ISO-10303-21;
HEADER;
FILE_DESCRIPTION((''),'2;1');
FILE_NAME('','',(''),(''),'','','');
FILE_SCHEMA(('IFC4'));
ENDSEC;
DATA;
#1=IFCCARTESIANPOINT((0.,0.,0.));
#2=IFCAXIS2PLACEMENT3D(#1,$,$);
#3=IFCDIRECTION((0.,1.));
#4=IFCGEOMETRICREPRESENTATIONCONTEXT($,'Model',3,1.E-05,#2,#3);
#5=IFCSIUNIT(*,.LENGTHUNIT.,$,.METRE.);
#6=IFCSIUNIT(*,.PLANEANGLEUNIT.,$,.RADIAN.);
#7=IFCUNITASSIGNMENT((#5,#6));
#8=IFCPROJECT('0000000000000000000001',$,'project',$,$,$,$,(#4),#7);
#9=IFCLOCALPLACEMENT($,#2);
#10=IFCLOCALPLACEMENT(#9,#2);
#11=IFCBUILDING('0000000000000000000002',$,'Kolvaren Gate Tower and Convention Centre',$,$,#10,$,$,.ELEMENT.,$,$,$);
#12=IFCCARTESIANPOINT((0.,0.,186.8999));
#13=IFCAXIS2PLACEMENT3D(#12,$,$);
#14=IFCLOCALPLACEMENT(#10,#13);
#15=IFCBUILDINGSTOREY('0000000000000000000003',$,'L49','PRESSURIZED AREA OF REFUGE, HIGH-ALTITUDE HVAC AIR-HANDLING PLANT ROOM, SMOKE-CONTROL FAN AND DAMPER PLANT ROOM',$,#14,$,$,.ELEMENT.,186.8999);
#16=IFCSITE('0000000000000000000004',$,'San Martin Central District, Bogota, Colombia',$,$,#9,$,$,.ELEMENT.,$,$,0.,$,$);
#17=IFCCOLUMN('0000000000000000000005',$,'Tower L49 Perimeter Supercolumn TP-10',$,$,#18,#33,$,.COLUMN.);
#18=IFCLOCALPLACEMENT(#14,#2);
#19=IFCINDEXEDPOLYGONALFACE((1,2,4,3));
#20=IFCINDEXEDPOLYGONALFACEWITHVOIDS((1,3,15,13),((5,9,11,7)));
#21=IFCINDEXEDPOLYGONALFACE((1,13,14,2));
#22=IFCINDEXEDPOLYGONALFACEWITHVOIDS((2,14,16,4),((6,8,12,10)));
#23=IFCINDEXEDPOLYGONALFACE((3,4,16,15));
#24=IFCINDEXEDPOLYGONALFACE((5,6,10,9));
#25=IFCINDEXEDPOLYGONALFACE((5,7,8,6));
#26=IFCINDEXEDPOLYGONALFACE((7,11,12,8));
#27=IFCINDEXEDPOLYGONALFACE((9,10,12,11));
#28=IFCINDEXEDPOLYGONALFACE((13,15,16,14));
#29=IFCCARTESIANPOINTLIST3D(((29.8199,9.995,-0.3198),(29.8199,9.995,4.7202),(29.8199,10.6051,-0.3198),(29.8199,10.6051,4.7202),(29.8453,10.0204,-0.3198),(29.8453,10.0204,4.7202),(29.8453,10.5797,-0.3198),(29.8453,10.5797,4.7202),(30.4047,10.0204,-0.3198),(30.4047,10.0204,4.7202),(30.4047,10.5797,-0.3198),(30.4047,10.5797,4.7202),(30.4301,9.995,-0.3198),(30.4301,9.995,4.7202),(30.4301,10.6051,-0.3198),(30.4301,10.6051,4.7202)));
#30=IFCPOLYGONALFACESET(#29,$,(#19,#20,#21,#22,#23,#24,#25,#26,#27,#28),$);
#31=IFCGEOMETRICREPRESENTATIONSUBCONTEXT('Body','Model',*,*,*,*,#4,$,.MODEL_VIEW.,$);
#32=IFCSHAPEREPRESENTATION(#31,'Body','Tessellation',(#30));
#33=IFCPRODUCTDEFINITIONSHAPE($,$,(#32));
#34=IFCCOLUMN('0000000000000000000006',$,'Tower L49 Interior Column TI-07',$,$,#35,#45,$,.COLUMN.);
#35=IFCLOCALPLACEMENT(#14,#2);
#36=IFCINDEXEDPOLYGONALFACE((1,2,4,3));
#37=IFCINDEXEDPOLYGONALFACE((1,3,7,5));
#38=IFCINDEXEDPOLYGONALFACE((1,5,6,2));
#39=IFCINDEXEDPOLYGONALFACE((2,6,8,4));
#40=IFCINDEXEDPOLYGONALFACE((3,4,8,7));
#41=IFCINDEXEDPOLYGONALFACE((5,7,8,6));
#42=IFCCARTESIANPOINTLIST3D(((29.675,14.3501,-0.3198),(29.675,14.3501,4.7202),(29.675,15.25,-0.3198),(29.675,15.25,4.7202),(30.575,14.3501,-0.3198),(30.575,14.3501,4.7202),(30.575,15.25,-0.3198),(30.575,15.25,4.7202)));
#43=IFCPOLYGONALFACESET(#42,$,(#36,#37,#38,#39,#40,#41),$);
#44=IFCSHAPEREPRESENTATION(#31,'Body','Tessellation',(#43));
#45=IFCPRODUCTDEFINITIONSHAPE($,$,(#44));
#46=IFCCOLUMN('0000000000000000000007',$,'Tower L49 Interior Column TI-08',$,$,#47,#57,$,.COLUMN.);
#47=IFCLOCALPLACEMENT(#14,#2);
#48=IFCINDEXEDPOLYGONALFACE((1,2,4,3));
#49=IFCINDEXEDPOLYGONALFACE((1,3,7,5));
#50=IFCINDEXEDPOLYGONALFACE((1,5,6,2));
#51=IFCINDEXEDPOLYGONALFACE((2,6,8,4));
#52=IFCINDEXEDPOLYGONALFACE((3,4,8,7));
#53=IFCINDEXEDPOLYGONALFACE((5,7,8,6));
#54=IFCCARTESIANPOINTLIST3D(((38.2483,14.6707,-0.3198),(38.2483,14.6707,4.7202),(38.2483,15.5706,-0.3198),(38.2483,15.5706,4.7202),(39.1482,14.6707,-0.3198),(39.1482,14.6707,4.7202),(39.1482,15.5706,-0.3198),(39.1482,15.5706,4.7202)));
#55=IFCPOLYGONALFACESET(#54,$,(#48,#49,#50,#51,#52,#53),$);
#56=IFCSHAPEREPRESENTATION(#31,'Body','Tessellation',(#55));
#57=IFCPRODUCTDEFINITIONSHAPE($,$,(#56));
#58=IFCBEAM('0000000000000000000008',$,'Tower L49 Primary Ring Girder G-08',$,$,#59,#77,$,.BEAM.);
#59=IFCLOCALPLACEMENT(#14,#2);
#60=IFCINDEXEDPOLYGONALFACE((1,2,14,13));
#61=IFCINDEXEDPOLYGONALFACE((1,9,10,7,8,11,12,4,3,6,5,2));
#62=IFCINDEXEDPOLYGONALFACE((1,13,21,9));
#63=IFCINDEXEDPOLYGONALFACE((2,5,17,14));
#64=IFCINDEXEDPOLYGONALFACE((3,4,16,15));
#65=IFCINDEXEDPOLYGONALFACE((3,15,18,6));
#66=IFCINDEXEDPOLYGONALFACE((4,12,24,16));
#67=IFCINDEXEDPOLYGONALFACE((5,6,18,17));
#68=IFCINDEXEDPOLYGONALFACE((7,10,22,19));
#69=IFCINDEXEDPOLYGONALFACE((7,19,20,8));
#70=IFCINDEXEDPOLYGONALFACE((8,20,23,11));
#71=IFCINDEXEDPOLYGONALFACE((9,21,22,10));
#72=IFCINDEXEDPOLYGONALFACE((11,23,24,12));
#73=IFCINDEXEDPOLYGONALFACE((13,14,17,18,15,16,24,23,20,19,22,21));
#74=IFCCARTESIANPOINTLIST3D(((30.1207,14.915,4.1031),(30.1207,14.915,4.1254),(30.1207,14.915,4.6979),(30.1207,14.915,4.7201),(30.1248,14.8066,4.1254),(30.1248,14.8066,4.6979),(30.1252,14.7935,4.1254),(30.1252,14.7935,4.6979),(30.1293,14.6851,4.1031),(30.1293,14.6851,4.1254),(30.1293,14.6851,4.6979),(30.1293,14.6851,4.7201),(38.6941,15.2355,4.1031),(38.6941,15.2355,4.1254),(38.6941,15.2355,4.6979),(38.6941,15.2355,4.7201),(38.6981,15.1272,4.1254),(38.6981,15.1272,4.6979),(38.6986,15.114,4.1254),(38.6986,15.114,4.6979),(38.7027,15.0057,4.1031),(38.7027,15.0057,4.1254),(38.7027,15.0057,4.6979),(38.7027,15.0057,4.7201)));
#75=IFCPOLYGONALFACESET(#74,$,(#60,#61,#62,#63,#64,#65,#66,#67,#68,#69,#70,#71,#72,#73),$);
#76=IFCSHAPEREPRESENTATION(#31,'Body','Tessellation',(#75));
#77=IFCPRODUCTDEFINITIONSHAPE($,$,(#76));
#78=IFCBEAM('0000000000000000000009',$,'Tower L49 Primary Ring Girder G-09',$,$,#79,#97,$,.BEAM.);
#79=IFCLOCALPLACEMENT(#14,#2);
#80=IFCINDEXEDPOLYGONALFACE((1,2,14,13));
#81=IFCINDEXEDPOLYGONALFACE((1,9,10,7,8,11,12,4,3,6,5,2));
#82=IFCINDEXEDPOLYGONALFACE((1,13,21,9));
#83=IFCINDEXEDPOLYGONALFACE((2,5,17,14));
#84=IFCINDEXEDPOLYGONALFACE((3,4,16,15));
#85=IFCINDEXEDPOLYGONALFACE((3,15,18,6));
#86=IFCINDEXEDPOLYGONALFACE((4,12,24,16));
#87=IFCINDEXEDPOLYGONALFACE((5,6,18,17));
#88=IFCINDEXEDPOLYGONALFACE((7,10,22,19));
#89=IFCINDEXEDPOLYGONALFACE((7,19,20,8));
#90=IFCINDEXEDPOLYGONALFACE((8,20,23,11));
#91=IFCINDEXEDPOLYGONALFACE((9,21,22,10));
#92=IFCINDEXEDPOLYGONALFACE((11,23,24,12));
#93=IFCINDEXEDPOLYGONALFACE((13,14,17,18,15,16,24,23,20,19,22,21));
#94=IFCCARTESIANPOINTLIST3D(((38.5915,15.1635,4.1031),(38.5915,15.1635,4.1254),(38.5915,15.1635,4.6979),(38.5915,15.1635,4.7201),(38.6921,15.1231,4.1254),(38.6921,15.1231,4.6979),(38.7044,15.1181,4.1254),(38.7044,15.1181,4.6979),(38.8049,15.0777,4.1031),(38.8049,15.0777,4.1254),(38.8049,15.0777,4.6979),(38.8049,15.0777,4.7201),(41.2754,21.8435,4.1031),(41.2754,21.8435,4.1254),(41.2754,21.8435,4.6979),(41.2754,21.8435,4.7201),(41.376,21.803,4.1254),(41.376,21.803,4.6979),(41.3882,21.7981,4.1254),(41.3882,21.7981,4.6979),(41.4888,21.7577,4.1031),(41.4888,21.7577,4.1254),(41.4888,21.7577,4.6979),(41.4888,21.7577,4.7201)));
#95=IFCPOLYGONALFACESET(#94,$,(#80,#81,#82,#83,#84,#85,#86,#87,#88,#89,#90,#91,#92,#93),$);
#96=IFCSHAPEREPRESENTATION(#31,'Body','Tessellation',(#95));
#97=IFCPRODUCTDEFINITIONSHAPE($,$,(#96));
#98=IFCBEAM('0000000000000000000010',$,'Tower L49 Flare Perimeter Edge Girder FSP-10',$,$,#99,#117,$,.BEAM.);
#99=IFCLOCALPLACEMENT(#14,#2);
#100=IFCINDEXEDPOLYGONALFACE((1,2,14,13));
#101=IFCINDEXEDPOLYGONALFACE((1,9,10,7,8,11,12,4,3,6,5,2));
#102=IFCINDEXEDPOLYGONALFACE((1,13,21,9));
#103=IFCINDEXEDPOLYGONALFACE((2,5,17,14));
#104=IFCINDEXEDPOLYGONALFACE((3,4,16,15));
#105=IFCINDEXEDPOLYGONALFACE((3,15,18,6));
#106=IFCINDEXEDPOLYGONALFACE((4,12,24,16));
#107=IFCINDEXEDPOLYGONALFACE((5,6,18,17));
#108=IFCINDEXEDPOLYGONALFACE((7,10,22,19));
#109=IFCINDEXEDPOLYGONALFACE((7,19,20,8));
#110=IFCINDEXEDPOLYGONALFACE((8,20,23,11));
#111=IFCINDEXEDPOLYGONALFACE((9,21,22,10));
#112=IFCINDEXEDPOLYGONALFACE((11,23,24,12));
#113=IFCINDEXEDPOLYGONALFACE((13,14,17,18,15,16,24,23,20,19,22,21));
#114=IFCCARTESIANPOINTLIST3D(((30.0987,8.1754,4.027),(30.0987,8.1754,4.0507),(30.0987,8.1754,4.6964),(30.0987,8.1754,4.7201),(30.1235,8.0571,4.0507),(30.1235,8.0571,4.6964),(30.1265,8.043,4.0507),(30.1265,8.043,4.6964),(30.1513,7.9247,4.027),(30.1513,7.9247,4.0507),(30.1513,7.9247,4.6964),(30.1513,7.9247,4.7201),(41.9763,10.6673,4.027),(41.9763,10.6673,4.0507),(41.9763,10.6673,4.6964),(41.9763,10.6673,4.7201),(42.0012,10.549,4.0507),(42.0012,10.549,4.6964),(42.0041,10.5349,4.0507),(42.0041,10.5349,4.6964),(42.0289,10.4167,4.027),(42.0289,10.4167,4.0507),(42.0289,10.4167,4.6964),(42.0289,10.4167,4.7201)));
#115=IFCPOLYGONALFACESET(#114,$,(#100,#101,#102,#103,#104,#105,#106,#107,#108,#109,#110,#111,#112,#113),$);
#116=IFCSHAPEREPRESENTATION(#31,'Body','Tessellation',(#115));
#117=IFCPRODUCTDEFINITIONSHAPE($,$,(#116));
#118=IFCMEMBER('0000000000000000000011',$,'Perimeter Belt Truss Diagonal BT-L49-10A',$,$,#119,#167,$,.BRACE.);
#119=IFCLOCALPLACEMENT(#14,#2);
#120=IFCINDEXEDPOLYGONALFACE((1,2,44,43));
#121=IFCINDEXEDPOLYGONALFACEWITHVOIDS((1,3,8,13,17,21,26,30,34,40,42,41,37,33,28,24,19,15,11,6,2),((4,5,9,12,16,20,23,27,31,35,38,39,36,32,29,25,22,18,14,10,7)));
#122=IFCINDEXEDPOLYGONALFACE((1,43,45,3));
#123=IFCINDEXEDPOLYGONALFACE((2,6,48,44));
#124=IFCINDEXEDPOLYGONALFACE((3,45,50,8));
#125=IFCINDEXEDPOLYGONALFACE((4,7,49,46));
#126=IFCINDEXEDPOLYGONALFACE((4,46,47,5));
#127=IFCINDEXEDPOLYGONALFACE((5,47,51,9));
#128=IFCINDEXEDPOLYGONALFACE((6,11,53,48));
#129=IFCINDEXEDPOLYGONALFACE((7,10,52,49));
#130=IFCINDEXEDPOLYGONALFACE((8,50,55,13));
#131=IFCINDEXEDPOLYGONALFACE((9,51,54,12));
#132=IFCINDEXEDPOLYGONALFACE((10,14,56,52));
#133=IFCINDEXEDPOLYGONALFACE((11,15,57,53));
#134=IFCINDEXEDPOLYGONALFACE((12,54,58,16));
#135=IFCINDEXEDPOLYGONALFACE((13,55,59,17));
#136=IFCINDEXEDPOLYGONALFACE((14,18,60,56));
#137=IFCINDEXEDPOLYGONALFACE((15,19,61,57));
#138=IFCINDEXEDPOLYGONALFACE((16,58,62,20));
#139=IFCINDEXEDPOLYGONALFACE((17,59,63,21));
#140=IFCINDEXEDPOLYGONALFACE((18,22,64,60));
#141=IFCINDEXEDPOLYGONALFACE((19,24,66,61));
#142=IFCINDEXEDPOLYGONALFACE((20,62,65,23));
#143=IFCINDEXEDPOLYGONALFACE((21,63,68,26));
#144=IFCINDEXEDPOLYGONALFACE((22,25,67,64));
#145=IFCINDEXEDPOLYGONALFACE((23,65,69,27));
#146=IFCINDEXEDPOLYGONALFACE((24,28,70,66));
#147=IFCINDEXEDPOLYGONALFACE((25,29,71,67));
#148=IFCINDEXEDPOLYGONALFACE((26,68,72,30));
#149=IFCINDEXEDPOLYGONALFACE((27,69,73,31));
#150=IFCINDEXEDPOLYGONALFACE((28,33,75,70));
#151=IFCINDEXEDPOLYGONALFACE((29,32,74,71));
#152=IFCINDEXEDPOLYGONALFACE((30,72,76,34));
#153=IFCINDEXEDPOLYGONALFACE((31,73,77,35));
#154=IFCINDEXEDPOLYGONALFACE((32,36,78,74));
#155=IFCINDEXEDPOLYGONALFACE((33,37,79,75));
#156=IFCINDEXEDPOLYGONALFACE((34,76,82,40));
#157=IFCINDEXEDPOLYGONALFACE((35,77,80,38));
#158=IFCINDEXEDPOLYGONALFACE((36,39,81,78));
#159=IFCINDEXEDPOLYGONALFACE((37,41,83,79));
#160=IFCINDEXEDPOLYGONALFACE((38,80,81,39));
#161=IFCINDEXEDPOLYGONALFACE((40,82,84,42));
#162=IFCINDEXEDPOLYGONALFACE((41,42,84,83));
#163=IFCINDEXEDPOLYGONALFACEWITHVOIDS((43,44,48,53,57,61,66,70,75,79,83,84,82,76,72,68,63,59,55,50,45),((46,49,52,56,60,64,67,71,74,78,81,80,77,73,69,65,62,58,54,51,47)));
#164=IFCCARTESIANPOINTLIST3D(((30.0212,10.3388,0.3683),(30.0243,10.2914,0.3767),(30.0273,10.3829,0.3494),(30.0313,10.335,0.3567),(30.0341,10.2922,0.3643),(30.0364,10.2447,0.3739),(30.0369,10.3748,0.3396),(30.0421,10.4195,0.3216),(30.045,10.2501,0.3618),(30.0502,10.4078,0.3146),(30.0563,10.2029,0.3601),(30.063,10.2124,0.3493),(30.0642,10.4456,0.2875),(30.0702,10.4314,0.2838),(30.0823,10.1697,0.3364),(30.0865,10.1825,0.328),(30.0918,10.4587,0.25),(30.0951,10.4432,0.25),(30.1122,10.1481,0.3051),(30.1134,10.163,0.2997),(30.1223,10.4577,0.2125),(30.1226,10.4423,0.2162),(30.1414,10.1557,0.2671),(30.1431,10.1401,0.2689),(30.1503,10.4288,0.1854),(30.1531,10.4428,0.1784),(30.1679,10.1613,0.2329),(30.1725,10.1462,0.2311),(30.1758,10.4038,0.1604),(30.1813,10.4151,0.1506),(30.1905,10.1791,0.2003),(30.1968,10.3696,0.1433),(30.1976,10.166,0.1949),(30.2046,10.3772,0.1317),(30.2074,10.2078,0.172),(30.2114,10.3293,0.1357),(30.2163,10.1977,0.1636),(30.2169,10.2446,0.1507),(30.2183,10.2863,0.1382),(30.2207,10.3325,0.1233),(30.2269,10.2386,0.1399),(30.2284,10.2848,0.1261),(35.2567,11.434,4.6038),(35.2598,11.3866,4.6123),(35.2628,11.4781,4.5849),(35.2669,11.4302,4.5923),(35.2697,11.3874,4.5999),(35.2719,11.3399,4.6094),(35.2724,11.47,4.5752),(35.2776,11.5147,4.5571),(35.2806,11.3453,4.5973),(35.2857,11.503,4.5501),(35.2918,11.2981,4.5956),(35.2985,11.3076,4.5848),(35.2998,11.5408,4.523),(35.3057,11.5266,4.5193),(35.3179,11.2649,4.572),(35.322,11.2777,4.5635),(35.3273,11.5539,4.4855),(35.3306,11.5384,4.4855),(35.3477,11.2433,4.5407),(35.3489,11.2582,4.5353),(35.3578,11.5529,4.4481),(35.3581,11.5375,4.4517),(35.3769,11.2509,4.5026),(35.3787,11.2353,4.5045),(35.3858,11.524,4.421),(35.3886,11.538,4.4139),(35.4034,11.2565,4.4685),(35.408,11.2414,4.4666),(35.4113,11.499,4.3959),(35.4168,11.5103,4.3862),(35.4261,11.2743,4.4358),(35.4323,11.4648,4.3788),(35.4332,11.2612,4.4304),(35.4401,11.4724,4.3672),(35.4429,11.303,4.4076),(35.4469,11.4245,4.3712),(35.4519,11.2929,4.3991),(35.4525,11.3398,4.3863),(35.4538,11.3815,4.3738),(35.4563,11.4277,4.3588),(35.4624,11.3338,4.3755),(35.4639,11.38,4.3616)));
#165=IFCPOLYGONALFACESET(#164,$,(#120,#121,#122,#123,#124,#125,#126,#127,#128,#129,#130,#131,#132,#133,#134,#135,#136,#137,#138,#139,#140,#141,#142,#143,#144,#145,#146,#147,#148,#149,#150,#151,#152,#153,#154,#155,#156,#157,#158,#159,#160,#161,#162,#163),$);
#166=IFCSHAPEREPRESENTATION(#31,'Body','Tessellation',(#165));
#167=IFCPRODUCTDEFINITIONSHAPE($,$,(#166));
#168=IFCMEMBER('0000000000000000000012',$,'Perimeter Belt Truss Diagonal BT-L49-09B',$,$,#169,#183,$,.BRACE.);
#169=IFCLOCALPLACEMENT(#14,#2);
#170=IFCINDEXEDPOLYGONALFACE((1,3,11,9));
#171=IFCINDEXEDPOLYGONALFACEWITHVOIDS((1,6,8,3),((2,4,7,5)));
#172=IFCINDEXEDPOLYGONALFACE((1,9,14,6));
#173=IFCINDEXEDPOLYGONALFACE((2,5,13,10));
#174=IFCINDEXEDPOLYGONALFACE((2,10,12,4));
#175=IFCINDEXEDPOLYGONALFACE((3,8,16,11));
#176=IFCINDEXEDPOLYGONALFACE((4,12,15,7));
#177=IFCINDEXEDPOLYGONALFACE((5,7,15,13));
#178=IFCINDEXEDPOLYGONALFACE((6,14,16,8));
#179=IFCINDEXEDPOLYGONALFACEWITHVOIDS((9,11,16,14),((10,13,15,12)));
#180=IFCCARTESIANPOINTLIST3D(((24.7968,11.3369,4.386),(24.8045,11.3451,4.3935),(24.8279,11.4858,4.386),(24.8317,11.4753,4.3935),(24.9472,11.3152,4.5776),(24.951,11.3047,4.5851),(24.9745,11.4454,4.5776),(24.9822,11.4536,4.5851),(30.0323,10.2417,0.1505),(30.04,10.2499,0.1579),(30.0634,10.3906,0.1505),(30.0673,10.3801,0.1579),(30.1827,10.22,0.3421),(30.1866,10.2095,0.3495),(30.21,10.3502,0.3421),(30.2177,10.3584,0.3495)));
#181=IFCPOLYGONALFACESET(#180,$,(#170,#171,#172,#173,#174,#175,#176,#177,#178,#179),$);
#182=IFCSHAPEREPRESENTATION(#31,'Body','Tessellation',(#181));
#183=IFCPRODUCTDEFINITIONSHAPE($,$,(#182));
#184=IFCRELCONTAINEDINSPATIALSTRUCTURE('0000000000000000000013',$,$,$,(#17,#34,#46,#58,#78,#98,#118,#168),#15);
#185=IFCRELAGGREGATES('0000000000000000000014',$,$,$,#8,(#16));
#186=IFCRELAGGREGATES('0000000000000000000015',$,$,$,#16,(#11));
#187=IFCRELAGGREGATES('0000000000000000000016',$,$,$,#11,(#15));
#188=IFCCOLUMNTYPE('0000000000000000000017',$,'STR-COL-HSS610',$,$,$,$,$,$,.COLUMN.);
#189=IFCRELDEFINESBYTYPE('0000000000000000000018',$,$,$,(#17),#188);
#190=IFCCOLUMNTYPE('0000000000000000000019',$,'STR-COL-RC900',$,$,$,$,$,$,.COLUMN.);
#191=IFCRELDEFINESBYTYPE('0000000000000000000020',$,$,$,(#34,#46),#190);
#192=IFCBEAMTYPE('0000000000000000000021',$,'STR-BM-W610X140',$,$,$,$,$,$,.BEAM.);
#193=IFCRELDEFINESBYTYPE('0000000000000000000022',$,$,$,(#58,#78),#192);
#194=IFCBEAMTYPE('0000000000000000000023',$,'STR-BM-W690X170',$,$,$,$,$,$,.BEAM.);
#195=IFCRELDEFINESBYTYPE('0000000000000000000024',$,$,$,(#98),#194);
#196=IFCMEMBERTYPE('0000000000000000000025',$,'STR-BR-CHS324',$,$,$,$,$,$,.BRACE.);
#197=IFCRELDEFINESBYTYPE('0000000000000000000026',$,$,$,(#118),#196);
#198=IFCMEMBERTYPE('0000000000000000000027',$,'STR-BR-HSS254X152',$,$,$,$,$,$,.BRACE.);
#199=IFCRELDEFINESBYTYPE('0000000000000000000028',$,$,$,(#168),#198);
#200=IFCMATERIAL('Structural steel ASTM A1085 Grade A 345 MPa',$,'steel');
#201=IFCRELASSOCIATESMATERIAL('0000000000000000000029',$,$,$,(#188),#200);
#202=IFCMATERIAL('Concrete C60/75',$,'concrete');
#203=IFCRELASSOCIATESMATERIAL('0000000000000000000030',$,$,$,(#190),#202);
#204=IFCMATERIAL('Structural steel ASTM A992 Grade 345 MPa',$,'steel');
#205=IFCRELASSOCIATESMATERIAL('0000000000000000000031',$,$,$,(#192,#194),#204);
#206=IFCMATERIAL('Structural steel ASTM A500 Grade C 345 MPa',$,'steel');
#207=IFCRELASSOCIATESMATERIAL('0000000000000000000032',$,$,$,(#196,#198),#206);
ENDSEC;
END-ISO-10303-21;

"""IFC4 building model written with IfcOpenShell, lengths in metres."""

from ifc_helpers import new_model, si_unit, direction, frame, origin, origin_2d, place, context, subcontext, project, spatial, rectangle, hollow_rectangle, hollow_circle, i_section, extrude, material, material_profile, profile_set, type_object, element, save


model = new_model("IFC4")

# Units and contexts
model_context = context("Model", 3, precision=1e-05, world=origin(), true_north=direction((0.0, 1.0)))
body_context = subcontext(model_context, "Body", "Model", "MODEL_VIEW")
ifc_project = project(units=[si_unit("LENGTHUNIT", "METRE"), si_unit("PLANEANGLEUNIT", "RADIAN")], contexts=[model_context])

# Site, building, storey
site_placement = place(None, origin())
site = spatial("IfcSite", under=ifc_project, at=site_placement, Name="San Martin Central District, Bogota, Colombia", CompositionType="ELEMENT", RefElevation=0.0)
building_placement = place(site_placement, origin())
building = spatial("IfcBuilding", under=site, at=building_placement, Name="Kolvaren Gate Tower and Convention Centre", CompositionType="ELEMENT")
storey_placement = place(building_placement, frame((0.0, 0.0, 186.8999)))
storey = spatial("IfcBuildingStorey", under=building, at=storey_placement, Name="L49", Description="PRESSURIZED AREA OF REFUGE, HIGH-ALTITUDE HVAC AIR-HANDLING PLANT ROOM, SMOKE-CONTROL FAN AND DAMPER PLANT ROOM", CompositionType="ELEMENT", Elevation=186.8999)

# Columns
ifc_material_1 = material(Name="Structural steel ASTM A1085 Grade A 345 MPa", Category="steel")
ifc_material_profile_1 = material_profile(ifc_material_1, hollow_rectangle(XDim=0.6101, YDim=0.6101, WallThickness=0.0254, at=origin_2d()), Name="HSS610X610X25.4")
ifc_profile_set_1 = profile_set([ifc_material_profile_1], Name="Structural steel ASTM A1085 Grade A 345 MPa")
column_type_1 = type_object("IfcColumnType", Name="STR-COL-HSS610", PredefinedType="COLUMN", material=ifc_profile_set_1)
column_placement = place(storey_placement, frame((30.125, 10.3, -0.3198), z_axis=(0.0, 0.0, 1.0), x_axis=(1.0, 0.0, 0.0)))
element("IfcColumn", 1, at=column_placement, inside=storey, type_object=column_type_1, Name="Tower L49 Perimeter Supercolumn TP-10", PredefinedType="COLUMN", context=body_context, shape_type="SweptSolid", body=[
    extrude(hollow_rectangle(XDim=0.6101, YDim=0.6101, WallThickness=0.0254, at=origin_2d()), origin(), (0.0, 0.0, 1.0), 5.04),
])
ifc_material_2 = material(Name="Concrete C60/75", Category="concrete")
ifc_material_profile_2 = material_profile(ifc_material_2, rectangle(XDim=0.8999, YDim=0.8999, at=origin_2d()), Name="RC-COL-900X900")
ifc_profile_set_2 = profile_set([ifc_material_profile_2], Name="Concrete C60/75")
column_type_2 = type_object("IfcColumnType", Name="STR-COL-RC900", PredefinedType="COLUMN", material=ifc_profile_set_2)
for number, where, z_axis, x_axis, name in (
    (2, (30.125, 14.8, -0.3198), (0.0, 0.0, 1.0), (1.0, 0.0, 0.0), "Tower L49 Interior Column TI-07"),
    (3, (38.6982, 15.1206, -0.3198), (0.0, 0.0, 1.0), (1.0, 0.0, 0.0), "Tower L49 Interior Column TI-08"),
):
    element("IfcColumn", number, at=place(storey_placement, frame(where, z_axis=z_axis, x_axis=x_axis)), inside=storey, type_object=column_type_2, Name=name, PredefinedType="COLUMN", context=body_context, shape_type="SweptSolid", body=[
        extrude(rectangle(XDim=0.8999, YDim=0.8999, at=origin_2d()), origin(), (0.0, 0.0, 1.0), 5.04),
    ])

# Beams
ifc_material_3 = material(Name="Structural steel ASTM A992 Grade 345 MPa", Category="steel")
ifc_material_profile_3 = material_profile(ifc_material_3, i_section(OverallWidth=0.23, OverallDepth=0.6169, WebThickness=0.0132, FlangeThickness=0.0222, at=origin_2d()), Name="W610X140")
ifc_profile_set_3 = profile_set([ifc_material_profile_3], Name="Structural steel ASTM A992 Grade 345 MPa")
beam_type_1 = type_object("IfcBeamType", Name="STR-BM-W610X140", PredefinedType="BEAM", material=ifc_profile_set_3)
beam_1_placement = place(storey_placement, frame((30.125, 14.8, 4.4116), z_axis=(0.999302, 0.037364, 0.0), x_axis=(-0.037364, 0.999302, 0.0)))
element("IfcBeam", 4, at=beam_1_placement, inside=storey, type_object=beam_type_1, Name="Tower L49 Primary Ring Girder G-08", PredefinedType="BEAM", context=body_context, shape_type="SweptSolid", body=[
    extrude(i_section(OverallWidth=0.23, OverallDepth=0.6169, WebThickness=0.0132, FlangeThickness=0.0222, at=origin_2d()), origin(), (0.0, 0.0, 1.0), 8.5793),
])
beam_2_placement = place(storey_placement, frame((38.6982, 15.1206, 4.4116), z_axis=(0.372811, 0.927907, 0.0), x_axis=(-0.927907, 0.372811, 0.0)))
element("IfcBeam", 5, at=beam_2_placement, inside=storey, type_object=beam_type_1, Name="Tower L49 Primary Ring Girder G-09", PredefinedType="BEAM", context=body_context, shape_type="SweptSolid", body=[
    extrude(i_section(OverallWidth=0.23, OverallDepth=0.6169, WebThickness=0.0132, FlangeThickness=0.0222, at=origin_2d()), origin(), (0.0, 0.0, 1.0), 7.199),
])
ifc_material_profile_4 = material_profile(ifc_material_3, i_section(OverallWidth=0.2561, OverallDepth=0.6931, WebThickness=0.0144, FlangeThickness=0.0237, at=origin_2d()), Name="W690X170")
ifc_profile_set_4 = profile_set([ifc_material_profile_4], Name="Structural steel ASTM A992 Grade 345 MPa")
beam_type_2 = type_object("IfcBeamType", Name="STR-BM-W690X170", PredefinedType="BEAM", material=ifc_profile_set_4)
beam_3_placement = place(storey_placement, frame((30.125, 8.05, 4.3735), z_axis=(0.978693, 0.20533, 0.0), x_axis=(-0.20533, 0.978693, 0.0)))
element("IfcBeam", 6, at=beam_3_placement, inside=storey, type_object=beam_type_2, Name="Tower L49 Flare Perimeter Edge Girder FSP-10", PredefinedType="BEAM", context=body_context, shape_type="SweptSolid", body=[
    extrude(i_section(OverallWidth=0.2561, OverallDepth=0.6931, WebThickness=0.0144, FlangeThickness=0.0237, at=origin_2d()), origin(), (0.0, 0.0, 1.0), 12.1362),
])

# Members
ifc_material_4 = material(Name="Structural steel ASTM A500 Grade C 345 MPa", Category="steel")
ifc_material_profile_5 = material_profile(ifc_material_4, hollow_circle(Radius=0.1621, WallThickness=0.0159, at=origin_2d()), Name="CHS324X15.9")
ifc_profile_set_5 = profile_set([ifc_material_profile_5], Name="Structural steel ASTM A500 Grade C 345 MPa")
member_type_1 = type_object("IfcMemberType", Name="STR-BR-CHS324", PredefinedType="BRACE", material=ifc_profile_set_5)
member_1_placement = place(storey_placement, frame((30.125, 10.3, 0.25), z_axis=(0.767362, 0.160522, 0.620796), x_axis=(-0.204754, 0.978813, 0.0)))
element("IfcMember", 7, at=member_1_placement, inside=storey, type_object=member_type_1, Name="Perimeter Belt Truss Diagonal BT-L49-10A", PredefinedType="BRACE", context=body_context, shape_type="SweptSolid", body=[
    extrude(hollow_circle(Radius=0.1621, WallThickness=0.0159, at=origin_2d()), origin(), (0.0, 0.0, 1.0), 6.8228),
])
ifc_material_profile_6 = material_profile(ifc_material_4, hollow_rectangle(XDim=0.1521, YDim=0.2539, WallThickness=0.0095, at=origin_2d()), Name="HSS254X152X9.5")
ifc_profile_set_6 = profile_set([ifc_material_profile_6], Name="Structural steel ASTM A500 Grade C 345 MPa")
member_type_2 = type_object("IfcMemberType", Name="STR-BR-HSS254X152", PredefinedType="BRACE", material=ifc_profile_set_6)
member_2_placement = place(storey_placement, frame((30.125, 10.3, 0.25), z_axis=(-0.767362, 0.160522, 0.620796), x_axis=(-0.204754, -0.978813, 0.0)))
element("IfcMember", 8, at=member_2_placement, inside=storey, type_object=member_type_2, Name="Perimeter Belt Truss Diagonal BT-L49-09B", PredefinedType="BRACE", context=body_context, shape_type="SweptSolid", body=[
    extrude(hollow_rectangle(XDim=0.1521, YDim=0.2539, WallThickness=0.0095, at=origin_2d()), origin(), (0.0, 0.0, 1.0), 6.8228),
])

save(model, "model.ifc")
